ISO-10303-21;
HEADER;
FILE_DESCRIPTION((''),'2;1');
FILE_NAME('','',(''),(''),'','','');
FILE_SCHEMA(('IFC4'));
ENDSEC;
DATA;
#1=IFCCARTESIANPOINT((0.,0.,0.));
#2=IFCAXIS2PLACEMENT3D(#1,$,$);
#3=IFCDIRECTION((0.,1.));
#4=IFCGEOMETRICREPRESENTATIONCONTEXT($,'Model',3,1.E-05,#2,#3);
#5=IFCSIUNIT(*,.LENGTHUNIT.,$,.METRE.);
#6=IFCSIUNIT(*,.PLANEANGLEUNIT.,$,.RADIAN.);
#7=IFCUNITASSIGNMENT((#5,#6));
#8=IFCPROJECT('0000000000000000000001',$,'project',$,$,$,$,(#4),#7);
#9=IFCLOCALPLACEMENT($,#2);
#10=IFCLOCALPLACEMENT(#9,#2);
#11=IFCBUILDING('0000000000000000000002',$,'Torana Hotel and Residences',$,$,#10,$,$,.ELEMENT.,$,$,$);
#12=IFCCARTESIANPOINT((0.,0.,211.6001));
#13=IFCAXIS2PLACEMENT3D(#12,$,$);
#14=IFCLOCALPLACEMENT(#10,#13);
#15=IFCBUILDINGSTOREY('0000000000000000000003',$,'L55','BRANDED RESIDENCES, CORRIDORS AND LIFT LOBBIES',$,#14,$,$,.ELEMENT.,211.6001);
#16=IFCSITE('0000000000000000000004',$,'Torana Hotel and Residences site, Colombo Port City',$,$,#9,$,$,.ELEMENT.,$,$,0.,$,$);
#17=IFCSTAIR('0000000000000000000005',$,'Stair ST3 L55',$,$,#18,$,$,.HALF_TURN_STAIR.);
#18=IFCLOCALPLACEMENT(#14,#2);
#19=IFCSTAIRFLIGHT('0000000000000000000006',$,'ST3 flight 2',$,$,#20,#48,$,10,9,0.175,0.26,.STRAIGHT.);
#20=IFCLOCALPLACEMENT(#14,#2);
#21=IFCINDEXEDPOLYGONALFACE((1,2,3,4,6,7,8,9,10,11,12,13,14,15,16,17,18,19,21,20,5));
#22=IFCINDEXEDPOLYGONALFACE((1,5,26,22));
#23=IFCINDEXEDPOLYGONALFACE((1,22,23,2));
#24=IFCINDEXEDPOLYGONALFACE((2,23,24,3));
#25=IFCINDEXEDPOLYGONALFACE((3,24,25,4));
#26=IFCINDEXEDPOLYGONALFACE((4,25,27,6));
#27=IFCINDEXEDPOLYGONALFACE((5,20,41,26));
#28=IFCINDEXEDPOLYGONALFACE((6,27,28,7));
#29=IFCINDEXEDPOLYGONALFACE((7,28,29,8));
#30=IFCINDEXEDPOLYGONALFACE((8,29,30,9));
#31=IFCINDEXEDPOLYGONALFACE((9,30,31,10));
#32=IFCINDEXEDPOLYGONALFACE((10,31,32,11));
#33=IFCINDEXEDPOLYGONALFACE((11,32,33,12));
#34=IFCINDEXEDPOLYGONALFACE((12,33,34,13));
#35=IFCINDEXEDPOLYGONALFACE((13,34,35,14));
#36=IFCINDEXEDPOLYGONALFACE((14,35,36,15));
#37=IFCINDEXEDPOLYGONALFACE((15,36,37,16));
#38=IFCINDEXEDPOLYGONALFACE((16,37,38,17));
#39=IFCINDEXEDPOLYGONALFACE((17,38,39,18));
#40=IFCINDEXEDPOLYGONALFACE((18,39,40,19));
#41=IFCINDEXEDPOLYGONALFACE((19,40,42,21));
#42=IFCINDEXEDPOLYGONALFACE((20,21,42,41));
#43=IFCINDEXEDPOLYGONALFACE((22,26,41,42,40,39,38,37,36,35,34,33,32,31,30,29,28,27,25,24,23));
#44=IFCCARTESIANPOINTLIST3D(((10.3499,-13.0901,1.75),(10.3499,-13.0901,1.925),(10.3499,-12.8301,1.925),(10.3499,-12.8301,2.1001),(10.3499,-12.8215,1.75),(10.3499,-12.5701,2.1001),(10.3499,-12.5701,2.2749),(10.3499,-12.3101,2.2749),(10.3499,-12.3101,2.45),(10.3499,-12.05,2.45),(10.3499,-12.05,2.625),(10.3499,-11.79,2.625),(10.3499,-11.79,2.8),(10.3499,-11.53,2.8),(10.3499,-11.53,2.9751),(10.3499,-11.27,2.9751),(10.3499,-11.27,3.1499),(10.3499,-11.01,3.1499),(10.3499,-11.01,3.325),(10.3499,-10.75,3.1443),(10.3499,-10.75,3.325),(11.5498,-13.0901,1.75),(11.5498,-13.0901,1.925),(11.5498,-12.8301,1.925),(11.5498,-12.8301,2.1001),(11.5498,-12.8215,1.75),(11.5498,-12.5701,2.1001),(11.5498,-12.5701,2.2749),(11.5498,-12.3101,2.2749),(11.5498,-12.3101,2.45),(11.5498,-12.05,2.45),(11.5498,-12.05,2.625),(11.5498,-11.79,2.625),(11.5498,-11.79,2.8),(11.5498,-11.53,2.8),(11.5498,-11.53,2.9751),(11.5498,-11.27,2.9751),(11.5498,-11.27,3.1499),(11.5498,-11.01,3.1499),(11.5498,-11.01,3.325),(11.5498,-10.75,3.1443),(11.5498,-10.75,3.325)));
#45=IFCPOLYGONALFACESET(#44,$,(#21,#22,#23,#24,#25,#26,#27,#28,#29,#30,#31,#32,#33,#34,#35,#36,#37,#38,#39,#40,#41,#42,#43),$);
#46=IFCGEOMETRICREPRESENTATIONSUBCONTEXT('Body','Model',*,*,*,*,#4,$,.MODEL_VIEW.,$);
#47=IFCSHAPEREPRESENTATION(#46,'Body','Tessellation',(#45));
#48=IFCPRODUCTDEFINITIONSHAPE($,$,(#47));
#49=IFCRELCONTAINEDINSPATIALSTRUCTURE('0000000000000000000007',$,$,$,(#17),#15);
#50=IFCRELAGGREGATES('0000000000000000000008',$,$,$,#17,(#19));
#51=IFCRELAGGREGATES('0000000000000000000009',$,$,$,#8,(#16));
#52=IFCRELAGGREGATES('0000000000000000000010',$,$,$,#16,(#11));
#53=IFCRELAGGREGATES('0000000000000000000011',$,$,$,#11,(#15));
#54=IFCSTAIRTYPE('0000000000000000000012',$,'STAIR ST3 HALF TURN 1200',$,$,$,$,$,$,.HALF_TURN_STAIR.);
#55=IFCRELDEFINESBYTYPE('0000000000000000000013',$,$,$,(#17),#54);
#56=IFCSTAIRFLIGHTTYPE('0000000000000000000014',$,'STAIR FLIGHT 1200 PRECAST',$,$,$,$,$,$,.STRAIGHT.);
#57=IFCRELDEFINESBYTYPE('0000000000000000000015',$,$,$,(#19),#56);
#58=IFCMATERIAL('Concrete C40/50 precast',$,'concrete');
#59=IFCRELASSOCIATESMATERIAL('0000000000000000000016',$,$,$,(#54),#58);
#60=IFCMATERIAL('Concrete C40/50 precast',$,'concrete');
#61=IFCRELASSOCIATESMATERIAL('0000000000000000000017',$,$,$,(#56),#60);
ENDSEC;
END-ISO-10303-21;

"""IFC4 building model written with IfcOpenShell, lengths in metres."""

from ifc_helpers import new_model, si_unit, direction, frame, origin, place, context, subcontext, project, spatial, polyline, outline, extrude, material, type_object, element, aggregate, save


model = new_model("IFC4")

# Units and contexts
model_context = context("Model", 3, precision=1e-05, world=origin(), true_north=direction((0.0, 1.0)))
body_context = subcontext(model_context, "Body", "Model", "MODEL_VIEW")
ifc_project = project(units=[si_unit("LENGTHUNIT", "METRE"), si_unit("PLANEANGLEUNIT", "RADIAN")], contexts=[model_context])

# Site, building, storey
site_placement = place(None, origin())
site = spatial("IfcSite", under=ifc_project, at=site_placement, Name="Torana Hotel and Residences site, Colombo Port City", CompositionType="ELEMENT", RefElevation=0.0)
building_placement = place(site_placement, origin())
building = spatial("IfcBuilding", under=site, at=building_placement, Name="Torana Hotel and Residences", CompositionType="ELEMENT")
storey_placement = place(building_placement, frame((0.0, 0.0, 211.6001)))
storey = spatial("IfcBuildingStorey", under=building, at=storey_placement, Name="L55", Description="BRANDED RESIDENCES, CORRIDORS AND LIFT LOBBIES", CompositionType="ELEMENT", Elevation=211.6001)

# Stair, stair flight
ifc_material_1 = material(Name="Concrete C40/50 precast", Category="concrete")
stair_type = type_object("IfcStairType", Name="STAIR ST3 HALF TURN 1200", PredefinedType="HALF_TURN_STAIR", material=ifc_material_1)
stair_placement = place(storey_placement, origin())
stair = element("IfcStair", 1, at=stair_placement, inside=storey, type_object=stair_type, Name="Stair ST3 L55", PredefinedType="HALF_TURN_STAIR")
ifc_material_2 = material(Name="Concrete C40/50 precast", Category="concrete")
stair_flight_type = type_object("IfcStairFlightType", Name="STAIR FLIGHT 1200 PRECAST", PredefinedType="STRAIGHT", material=ifc_material_2)
stair_flight_1_placement = place(storey_placement, frame((10.95, -13.0901, 1.75), z_axis=(0.0, 0.0, 1.0), x_axis=(0.0, 1.0, 0.0)))
stair_flight_1 = element("IfcStairFlight", 2, at=stair_flight_1_placement, type_object=stair_flight_type, Name="ST3 flight 2", NumberOfRisers=10, NumberOfTreads=9, PredefinedType="STRAIGHT", RiserHeight=0.175, TreadLength=0.26, context=body_context, shape_type="SweptSolid", body=[
    extrude(outline(polyline([(0.0, 0.0), (0.0, 0.175), (0.26, 0.175), (0.26, 0.3501), (0.52, 0.3501), (0.52, 0.5249), (0.78, 0.5249), (0.78, 0.7), (1.04, 0.7), (1.04, 0.875), (1.3, 0.875), (1.3, 1.05), (1.5601, 1.05), (1.5601, 1.2251), (1.8201, 1.2251), (1.8201, 1.3999), (2.0801, 1.3999), (2.0801, 1.575), (2.3401, 1.575), (2.3401, 1.75), (2.3401, 1.3943), (0.2686, 0.0), (0.0, 0.0)])), frame((0.0, 0.6001, 0.0), z_axis=(0.0, -1.0, 0.0), x_axis=(1.0, 0.0, 0.0)), (0.0, 0.0, 1.0), 1.2),
])
aggregate(stair, [stair_flight_1])

save(model, "model.ifc")
